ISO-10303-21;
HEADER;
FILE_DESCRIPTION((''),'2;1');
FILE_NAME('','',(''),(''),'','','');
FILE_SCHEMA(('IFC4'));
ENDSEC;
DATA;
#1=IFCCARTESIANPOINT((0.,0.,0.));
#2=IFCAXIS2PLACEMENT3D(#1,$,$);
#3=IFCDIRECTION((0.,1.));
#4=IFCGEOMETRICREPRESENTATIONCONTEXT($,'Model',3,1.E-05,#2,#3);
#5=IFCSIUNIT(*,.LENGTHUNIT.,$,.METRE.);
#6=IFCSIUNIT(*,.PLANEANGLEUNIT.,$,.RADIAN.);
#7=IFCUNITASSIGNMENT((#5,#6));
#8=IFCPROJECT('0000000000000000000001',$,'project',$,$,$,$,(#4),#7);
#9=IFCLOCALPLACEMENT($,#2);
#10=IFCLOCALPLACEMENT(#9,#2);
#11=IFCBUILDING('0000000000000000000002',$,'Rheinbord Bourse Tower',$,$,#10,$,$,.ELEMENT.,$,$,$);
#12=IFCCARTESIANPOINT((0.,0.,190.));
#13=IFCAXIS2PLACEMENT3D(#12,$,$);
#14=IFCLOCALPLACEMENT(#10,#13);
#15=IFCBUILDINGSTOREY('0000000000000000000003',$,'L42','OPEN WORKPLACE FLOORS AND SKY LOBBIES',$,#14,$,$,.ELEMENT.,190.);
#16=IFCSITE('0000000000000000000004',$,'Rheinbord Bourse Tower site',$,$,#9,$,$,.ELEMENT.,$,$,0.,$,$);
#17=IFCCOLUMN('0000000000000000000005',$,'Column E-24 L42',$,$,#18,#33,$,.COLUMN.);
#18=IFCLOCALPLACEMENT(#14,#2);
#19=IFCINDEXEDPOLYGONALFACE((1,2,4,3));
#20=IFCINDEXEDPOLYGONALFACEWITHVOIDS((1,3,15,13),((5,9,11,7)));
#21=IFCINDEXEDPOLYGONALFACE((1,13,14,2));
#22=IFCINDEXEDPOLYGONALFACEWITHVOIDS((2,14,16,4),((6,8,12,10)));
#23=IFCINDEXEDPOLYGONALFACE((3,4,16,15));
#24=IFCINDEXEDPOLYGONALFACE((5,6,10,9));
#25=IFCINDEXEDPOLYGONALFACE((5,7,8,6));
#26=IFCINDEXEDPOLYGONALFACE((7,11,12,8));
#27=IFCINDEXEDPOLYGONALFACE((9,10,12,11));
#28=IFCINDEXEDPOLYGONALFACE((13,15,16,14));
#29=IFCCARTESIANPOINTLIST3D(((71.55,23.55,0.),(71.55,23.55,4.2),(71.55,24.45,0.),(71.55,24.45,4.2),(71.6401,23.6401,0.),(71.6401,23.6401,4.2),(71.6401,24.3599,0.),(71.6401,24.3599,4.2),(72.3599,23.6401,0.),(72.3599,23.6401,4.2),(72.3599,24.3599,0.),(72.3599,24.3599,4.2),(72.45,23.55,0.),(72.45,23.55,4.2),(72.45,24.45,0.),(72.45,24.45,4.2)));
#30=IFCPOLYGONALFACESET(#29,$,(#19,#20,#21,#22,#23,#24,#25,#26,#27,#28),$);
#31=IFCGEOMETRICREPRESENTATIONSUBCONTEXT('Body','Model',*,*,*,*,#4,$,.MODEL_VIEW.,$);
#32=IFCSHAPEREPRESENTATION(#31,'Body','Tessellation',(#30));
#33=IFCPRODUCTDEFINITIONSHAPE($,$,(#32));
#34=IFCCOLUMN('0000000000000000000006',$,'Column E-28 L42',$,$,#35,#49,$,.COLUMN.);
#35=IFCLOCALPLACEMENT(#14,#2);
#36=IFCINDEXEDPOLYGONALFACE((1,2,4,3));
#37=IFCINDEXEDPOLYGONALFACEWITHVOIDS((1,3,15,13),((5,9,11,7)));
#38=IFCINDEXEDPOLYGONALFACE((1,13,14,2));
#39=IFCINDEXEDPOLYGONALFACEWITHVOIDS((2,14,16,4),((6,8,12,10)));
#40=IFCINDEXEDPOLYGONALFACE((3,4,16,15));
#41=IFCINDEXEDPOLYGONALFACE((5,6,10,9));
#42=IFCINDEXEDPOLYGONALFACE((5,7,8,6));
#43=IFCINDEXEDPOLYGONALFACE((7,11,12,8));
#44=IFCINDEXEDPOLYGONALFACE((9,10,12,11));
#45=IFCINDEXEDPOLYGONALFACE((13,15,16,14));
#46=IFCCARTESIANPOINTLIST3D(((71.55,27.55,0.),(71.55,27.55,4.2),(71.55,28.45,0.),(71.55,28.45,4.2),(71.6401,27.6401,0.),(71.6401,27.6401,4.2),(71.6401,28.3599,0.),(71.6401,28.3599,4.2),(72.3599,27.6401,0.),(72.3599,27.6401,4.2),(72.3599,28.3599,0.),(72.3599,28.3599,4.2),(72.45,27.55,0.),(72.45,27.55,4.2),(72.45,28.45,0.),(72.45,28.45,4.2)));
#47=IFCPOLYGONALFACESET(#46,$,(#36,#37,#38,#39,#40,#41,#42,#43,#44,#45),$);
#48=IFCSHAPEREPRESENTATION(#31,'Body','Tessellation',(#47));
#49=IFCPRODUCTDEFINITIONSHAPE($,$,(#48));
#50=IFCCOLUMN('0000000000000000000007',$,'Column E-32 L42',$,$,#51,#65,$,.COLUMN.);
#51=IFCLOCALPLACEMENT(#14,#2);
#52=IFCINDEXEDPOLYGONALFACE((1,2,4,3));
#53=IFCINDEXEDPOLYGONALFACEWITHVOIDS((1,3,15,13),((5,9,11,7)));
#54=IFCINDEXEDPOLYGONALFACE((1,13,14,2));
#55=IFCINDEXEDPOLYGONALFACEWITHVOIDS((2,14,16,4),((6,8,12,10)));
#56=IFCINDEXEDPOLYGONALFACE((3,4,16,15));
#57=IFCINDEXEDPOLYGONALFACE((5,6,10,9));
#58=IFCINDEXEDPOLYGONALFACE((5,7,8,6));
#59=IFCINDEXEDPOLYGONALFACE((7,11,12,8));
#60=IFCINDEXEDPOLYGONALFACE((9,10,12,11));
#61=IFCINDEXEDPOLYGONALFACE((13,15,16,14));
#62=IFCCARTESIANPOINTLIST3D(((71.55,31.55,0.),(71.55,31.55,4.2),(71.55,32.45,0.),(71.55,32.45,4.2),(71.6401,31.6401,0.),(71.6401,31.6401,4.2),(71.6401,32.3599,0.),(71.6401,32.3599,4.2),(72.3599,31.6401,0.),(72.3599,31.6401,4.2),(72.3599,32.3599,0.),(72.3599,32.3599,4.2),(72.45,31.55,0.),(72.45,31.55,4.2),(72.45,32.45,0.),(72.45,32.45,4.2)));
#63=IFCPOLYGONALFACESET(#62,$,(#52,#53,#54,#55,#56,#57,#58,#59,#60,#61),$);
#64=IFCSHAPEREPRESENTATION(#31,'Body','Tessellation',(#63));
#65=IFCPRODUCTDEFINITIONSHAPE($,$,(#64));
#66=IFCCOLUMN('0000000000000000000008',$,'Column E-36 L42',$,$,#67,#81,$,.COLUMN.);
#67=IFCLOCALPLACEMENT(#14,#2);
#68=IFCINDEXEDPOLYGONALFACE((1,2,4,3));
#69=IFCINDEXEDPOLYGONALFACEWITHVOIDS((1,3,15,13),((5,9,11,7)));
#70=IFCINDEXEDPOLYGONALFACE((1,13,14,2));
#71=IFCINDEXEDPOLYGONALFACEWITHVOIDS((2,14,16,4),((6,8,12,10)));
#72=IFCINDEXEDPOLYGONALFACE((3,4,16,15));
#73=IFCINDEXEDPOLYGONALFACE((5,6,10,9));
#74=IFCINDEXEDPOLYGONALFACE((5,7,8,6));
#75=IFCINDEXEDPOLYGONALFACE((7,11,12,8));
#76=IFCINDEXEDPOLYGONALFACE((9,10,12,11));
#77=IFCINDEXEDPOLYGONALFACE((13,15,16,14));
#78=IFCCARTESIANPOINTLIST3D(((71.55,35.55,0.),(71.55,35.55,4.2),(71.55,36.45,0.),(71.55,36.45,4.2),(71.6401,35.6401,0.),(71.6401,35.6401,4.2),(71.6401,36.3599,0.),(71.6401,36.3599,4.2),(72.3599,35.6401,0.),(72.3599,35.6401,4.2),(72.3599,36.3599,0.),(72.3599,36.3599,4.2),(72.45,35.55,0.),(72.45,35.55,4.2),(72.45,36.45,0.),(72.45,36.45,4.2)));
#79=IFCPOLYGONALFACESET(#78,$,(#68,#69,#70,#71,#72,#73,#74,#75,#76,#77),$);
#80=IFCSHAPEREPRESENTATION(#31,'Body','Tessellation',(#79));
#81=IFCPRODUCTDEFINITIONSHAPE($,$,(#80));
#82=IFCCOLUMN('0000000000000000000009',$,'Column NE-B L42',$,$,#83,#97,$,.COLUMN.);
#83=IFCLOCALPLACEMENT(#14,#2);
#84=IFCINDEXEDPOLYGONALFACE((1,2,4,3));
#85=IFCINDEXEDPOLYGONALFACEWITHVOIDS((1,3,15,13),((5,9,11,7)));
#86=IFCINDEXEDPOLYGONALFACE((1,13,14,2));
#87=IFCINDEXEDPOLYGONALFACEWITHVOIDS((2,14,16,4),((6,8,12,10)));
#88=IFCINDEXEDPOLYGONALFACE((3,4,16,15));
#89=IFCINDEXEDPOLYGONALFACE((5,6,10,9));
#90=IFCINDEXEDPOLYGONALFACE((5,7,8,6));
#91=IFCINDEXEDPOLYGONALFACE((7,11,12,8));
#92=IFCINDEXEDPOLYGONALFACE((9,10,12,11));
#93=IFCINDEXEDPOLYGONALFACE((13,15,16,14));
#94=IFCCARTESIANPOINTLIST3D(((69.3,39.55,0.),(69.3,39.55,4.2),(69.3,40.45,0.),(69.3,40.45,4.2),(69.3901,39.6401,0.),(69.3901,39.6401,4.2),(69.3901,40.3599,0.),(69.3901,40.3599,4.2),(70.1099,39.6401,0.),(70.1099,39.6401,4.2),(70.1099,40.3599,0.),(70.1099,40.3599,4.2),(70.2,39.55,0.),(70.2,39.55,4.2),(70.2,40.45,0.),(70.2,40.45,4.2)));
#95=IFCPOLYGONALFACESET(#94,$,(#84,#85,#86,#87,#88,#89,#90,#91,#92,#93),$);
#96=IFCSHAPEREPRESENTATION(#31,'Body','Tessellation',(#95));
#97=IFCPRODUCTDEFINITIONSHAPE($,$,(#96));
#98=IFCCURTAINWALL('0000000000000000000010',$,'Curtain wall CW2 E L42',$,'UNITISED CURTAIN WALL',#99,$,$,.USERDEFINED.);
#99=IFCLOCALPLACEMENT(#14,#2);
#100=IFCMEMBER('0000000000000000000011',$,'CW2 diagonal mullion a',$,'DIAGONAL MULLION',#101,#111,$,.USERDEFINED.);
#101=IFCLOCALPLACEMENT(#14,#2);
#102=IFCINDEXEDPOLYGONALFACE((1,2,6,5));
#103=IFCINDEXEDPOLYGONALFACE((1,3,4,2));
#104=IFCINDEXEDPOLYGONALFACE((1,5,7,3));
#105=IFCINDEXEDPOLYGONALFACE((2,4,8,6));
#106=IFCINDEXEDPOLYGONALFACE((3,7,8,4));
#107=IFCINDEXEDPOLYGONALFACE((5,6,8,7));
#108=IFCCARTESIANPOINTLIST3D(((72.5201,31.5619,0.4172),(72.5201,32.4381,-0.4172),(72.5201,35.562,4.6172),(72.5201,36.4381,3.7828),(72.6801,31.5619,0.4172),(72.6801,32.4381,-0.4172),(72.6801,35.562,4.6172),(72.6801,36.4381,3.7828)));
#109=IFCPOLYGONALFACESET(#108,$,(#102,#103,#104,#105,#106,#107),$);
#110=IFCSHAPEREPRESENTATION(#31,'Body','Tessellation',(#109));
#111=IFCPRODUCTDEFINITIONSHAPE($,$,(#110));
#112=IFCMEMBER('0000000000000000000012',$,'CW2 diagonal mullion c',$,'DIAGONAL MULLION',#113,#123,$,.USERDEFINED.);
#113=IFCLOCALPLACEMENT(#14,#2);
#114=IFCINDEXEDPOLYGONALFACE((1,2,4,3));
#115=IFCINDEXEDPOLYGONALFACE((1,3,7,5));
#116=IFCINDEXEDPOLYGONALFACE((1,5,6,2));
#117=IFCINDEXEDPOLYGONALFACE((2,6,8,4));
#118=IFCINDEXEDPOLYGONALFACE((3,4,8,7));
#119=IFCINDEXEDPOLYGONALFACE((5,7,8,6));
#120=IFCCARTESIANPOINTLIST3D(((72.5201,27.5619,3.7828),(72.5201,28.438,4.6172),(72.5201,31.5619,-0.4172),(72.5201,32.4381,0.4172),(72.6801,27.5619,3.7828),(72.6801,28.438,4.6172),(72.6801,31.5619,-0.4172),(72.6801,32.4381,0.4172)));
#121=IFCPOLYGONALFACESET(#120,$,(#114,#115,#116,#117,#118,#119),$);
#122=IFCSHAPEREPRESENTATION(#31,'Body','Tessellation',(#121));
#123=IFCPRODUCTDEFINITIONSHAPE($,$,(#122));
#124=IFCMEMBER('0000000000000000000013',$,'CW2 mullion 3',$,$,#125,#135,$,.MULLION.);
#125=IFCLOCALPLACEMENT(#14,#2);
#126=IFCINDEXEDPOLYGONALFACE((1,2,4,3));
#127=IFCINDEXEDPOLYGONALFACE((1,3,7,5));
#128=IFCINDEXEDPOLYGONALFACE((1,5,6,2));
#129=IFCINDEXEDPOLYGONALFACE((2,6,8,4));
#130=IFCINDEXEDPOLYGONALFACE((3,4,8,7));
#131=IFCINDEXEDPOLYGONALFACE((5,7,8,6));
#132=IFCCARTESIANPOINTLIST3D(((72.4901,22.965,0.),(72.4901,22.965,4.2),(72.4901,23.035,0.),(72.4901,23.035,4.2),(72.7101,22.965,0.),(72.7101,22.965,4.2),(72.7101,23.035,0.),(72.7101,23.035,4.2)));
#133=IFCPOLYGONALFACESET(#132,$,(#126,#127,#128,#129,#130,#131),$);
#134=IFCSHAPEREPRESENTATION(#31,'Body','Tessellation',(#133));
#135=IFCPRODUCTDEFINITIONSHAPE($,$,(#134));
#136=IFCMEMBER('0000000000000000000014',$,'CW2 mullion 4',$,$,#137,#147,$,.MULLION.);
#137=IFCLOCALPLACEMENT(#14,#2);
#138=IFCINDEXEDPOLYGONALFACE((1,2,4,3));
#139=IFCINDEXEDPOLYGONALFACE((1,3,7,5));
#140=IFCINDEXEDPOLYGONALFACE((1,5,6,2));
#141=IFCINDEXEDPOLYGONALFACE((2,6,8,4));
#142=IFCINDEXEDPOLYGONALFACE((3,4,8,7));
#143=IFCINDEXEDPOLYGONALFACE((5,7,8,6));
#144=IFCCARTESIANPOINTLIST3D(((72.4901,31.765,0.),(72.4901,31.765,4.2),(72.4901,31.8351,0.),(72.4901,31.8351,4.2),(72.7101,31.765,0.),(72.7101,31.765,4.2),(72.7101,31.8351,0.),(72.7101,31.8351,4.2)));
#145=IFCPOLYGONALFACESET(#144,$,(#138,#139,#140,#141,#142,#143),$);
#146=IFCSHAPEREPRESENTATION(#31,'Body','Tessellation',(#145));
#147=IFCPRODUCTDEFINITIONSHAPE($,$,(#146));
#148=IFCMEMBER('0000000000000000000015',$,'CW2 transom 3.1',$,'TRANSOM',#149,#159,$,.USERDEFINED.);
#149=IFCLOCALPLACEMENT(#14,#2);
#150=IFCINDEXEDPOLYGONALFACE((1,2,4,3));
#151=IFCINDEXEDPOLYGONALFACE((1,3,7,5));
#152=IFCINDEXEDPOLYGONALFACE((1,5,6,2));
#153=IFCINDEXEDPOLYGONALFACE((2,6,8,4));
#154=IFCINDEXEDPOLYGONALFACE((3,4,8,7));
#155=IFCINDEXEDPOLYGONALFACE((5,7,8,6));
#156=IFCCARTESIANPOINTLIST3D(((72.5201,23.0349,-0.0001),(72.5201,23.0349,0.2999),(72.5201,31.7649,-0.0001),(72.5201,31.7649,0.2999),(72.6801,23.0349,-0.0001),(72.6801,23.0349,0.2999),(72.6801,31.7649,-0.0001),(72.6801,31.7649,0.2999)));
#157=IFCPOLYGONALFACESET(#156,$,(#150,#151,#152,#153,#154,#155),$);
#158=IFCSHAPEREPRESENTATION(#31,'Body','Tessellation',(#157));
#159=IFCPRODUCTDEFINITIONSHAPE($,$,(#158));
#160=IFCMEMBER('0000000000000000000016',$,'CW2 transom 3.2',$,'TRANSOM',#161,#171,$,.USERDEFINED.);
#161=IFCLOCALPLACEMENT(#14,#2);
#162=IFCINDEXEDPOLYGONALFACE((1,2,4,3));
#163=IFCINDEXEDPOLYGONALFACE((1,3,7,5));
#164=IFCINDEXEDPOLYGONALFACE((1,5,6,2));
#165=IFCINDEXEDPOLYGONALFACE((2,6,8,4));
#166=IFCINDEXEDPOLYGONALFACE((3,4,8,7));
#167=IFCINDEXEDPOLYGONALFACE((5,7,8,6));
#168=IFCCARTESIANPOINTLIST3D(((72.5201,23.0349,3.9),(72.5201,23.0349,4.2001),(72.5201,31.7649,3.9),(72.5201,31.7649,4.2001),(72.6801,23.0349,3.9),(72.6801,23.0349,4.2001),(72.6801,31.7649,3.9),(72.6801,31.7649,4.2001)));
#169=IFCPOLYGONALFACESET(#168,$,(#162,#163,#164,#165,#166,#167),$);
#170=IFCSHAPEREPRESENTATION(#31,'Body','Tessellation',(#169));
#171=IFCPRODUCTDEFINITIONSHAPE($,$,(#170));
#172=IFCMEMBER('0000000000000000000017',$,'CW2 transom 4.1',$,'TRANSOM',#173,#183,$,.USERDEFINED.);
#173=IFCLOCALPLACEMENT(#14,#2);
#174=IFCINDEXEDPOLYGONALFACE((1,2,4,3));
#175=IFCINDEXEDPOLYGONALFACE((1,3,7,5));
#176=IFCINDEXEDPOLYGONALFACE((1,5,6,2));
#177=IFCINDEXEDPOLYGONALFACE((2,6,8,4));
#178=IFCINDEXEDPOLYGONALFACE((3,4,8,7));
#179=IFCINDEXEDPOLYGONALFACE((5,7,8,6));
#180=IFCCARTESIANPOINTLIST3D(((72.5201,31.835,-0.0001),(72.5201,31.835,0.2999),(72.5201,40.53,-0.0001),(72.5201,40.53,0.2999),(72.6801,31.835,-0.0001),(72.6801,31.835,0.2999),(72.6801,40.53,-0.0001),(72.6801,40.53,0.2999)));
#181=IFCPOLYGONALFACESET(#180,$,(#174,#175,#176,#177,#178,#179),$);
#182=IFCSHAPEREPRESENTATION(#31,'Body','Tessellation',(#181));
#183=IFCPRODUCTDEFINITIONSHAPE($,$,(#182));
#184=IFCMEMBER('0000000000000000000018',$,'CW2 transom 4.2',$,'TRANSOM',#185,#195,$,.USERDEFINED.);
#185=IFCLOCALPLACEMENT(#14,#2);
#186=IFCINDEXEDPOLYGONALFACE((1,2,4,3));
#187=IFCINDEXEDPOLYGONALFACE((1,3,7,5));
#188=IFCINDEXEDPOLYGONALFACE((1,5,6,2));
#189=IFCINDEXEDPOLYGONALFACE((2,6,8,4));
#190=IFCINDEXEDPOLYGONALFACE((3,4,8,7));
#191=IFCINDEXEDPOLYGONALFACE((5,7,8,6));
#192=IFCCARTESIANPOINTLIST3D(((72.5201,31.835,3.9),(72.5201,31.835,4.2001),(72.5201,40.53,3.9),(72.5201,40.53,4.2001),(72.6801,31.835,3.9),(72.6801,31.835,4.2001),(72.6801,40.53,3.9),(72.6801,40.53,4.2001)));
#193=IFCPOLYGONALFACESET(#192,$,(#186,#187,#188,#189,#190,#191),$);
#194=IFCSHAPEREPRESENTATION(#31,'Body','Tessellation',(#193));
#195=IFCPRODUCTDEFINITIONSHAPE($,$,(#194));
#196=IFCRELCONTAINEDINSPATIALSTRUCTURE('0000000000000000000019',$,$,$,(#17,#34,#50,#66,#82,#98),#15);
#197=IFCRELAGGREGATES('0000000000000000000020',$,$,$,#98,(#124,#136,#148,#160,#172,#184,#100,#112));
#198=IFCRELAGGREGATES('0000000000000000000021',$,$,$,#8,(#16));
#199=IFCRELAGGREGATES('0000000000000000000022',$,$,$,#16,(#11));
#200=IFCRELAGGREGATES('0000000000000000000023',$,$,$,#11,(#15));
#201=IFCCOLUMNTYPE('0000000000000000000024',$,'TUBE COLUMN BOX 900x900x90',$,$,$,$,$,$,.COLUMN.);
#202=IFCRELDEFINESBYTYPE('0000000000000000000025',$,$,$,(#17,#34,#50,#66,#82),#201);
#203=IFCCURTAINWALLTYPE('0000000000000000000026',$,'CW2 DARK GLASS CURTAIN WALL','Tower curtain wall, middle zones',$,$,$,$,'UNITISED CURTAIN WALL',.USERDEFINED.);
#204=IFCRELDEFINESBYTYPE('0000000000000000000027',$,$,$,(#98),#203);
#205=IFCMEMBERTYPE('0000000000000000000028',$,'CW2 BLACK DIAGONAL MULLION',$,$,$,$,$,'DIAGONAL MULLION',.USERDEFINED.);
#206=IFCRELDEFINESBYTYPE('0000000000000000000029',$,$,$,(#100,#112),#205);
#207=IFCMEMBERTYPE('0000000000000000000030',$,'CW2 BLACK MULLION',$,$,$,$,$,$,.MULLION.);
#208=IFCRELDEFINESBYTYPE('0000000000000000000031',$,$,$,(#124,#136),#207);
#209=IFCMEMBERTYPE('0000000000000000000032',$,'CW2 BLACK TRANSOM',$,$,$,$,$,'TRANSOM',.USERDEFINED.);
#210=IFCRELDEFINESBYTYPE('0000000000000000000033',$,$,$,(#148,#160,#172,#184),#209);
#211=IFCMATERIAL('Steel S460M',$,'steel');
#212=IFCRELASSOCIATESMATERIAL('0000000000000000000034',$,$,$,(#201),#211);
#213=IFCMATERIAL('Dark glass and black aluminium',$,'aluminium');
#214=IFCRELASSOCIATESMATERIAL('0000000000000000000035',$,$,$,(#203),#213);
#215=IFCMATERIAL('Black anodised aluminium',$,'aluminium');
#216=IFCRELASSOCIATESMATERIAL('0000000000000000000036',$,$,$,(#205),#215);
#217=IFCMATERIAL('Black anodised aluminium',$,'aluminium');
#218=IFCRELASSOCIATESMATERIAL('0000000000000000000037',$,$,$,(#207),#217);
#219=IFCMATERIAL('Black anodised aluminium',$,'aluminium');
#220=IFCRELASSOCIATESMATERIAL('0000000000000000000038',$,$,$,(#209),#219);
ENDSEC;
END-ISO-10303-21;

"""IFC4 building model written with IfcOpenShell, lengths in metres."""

from ifc_helpers import new_model, si_unit, direction, frame, origin, origin_2d, place, context, subcontext, project, spatial, rectangle, hollow_rectangle, extrude, material, material_profile, profile_set, type_object, element, aggregate, save


model = new_model("IFC4")

# Units and contexts
model_context = context("Model", 3, precision=1e-05, world=origin(), true_north=direction((0.0, 1.0)))
body_context = subcontext(model_context, "Body", "Model", "MODEL_VIEW")
ifc_project = project(units=[si_unit("LENGTHUNIT", "METRE"), si_unit("PLANEANGLEUNIT", "RADIAN")], contexts=[model_context])

# Site, building, storey
site_placement = place(None, origin())
site = spatial("IfcSite", under=ifc_project, at=site_placement, Name="Rheinbord Bourse Tower site", CompositionType="ELEMENT", RefElevation=0.0)
building_placement = place(site_placement, origin())
building = spatial("IfcBuilding", under=site, at=building_placement, Name="Rheinbord Bourse Tower", CompositionType="ELEMENT")
storey_placement = place(building_placement, frame((0.0, 0.0, 190.0)))
storey = spatial("IfcBuildingStorey", under=building, at=storey_placement, Name="L42", Description="OPEN WORKPLACE FLOORS AND SKY LOBBIES", CompositionType="ELEMENT", Elevation=190.0)

# Columns
ifc_material_1 = material(Name="Steel S460M", Category="steel")
ifc_material_profile_1 = material_profile(ifc_material_1, hollow_rectangle(XDim=0.8999, YDim=0.8999, WallThickness=0.0901, at=origin_2d()), Name="BOX 900x900x90")
ifc_profile_set_1 = profile_set([ifc_material_profile_1], Name="Steel S460M")
column_type = type_object("IfcColumnType", Name="TUBE COLUMN BOX 900x900x90", PredefinedType="COLUMN", material=ifc_profile_set_1)
for number, where, z_axis, x_axis, name in (
    (1, (72.0, 24.0, 0.0), (0.0, 0.0, 1.0), (1.0, 0.0, 0.0), "Column E-24 L42"),
    (2, (72.0, 28.0, 0.0), (0.0, 0.0, 1.0), (1.0, 0.0, 0.0), "Column E-28 L42"),
    (3, (72.0, 32.0, 0.0), (0.0, 0.0, 1.0), (1.0, 0.0, 0.0), "Column E-32 L42"),
    (4, (72.0, 36.0, 0.0), (0.0, 0.0, 1.0), (1.0, 0.0, 0.0), "Column E-36 L42"),
    (5, (69.75, 40.0, 0.0), (0.0, 0.0, 1.0), (1.0, 0.0, 0.0), "Column NE-B L42"),
):
    element("IfcColumn", number, at=place(storey_placement, frame(where, z_axis=z_axis, x_axis=x_axis)), inside=storey, type_object=column_type, Name=name, PredefinedType="COLUMN", context=body_context, shape_type="SweptSolid", body=[
        extrude(hollow_rectangle(XDim=0.8999, YDim=0.8999, WallThickness=0.0901, at=origin_2d()), origin(), (0.0, 0.0, 1.0), 4.2),
    ])

# Curtain wall, members
ifc_material_2 = material(Name="Dark glass and black aluminium", Category="aluminium")
curtain_wall_type = type_object("IfcCurtainWallType", Name="CW2 DARK GLASS CURTAIN WALL", Description="Tower curtain wall, middle zones", ElementType="UNITISED CURTAIN WALL", PredefinedType="USERDEFINED", material=ifc_material_2)
curtain_wall_placement = place(storey_placement, origin())
curtain_wall = element("IfcCurtainWall", 6, at=curtain_wall_placement, inside=storey, type_object=curtain_wall_type, Name="Curtain wall CW2 E L42", ObjectType="UNITISED CURTAIN WALL", PredefinedType="USERDEFINED")
ifc_material_3 = material(Name="Black anodised aluminium", Category="aluminium")
ifc_material_profile_2 = material_profile(ifc_material_3, rectangle(XDim=0.1599, YDim=1.21, at=origin_2d()), Name="CW2 DIAGONAL MULLION 1210x160")
ifc_profile_set_2 = profile_set([ifc_material_profile_2], Name="Black anodised aluminium")
member_type_1 = type_object("IfcMemberType", Name="CW2 BLACK DIAGONAL MULLION", ElementType="DIAGONAL MULLION", PredefinedType="USERDEFINED", material=ifc_profile_set_2)
member_1_placement = place(storey_placement, frame((72.6001, 32.0, 0.0), z_axis=(0.0, 0.689659, 0.724134), x_axis=(-1.0, 0.0, 0.0)))
member_1 = element("IfcMember", 7, at=member_1_placement, type_object=member_type_1, Name="CW2 diagonal mullion a", ObjectType="DIAGONAL MULLION", PredefinedType="USERDEFINED", context=body_context, shape_type="SweptSolid", body=[
    extrude(rectangle(XDim=0.1599, YDim=1.21, at=origin_2d()), origin(), (0.0, 0.0, 1.0), 5.8),
])
member_2_placement = place(storey_placement, frame((72.6001, 32.0, 0.0), z_axis=(0.0, -0.689659, 0.724134), x_axis=(1.0, 0.0, 0.0)))
member_2 = element("IfcMember", 8, at=member_2_placement, type_object=member_type_1, Name="CW2 diagonal mullion c", ObjectType="DIAGONAL MULLION", PredefinedType="USERDEFINED", context=body_context, shape_type="SweptSolid", body=[
    extrude(rectangle(XDim=0.1599, YDim=1.21, at=origin_2d()), origin(), (0.0, 0.0, 1.0), 5.8),
])
ifc_material_4 = material(Name="Black anodised aluminium", Category="aluminium")
ifc_material_profile_3 = material_profile(ifc_material_4, rectangle(XDim=0.22, YDim=0.0701, at=origin_2d()), Name="CW2 MULLION 70x220")
ifc_profile_set_3 = profile_set([ifc_material_profile_3], Name="Black anodised aluminium")
member_type_2 = type_object("IfcMemberType", Name="CW2 BLACK MULLION", PredefinedType="MULLION", material=ifc_profile_set_3)
member_3_placement = place(storey_placement, frame((72.6001, 23.0, 0.0), z_axis=(0.0, 0.0, 1.0), x_axis=(-1.0, 0.0, 0.0)))
member_3 = element("IfcMember", 9, at=member_3_placement, type_object=member_type_2, Name="CW2 mullion 3", PredefinedType="MULLION", context=body_context, shape_type="SweptSolid", body=[
    extrude(rectangle(XDim=0.22, YDim=0.0701, at=origin_2d()), origin(), (0.0, 0.0, 1.0), 4.2),
])
member_4_placement = place(storey_placement, frame((72.6001, 31.8, 0.0), z_axis=(0.0, 0.0, 1.0), x_axis=(-1.0, 0.0, 0.0)))
member_4 = element("IfcMember", 10, at=member_4_placement, type_object=member_type_2, Name="CW2 mullion 4", PredefinedType="MULLION", context=body_context, shape_type="SweptSolid", body=[
    extrude(rectangle(XDim=0.22, YDim=0.0701, at=origin_2d()), origin(), (0.0, 0.0, 1.0), 4.2),
])
ifc_material_5 = material(Name="Black anodised aluminium", Category="aluminium")
ifc_material_profile_4 = material_profile(ifc_material_5, rectangle(XDim=0.1599, YDim=0.3, at=origin_2d()), Name="CW2 TRANSOM 300x160")
ifc_profile_set_4 = profile_set([ifc_material_profile_4], Name="Black anodised aluminium")
member_type_3 = type_object("IfcMemberType", Name="CW2 BLACK TRANSOM", ElementType="TRANSOM", PredefinedType="USERDEFINED", material=ifc_profile_set_4)
member_5_placement = place(storey_placement, frame((72.6001, 23.0349, 0.1499), z_axis=(0.0, 1.0, 0.0), x_axis=(-1.0, 0.0, 0.0)))
member_5 = element("IfcMember", 11, at=member_5_placement, type_object=member_type_3, Name="CW2 transom 3.1", ObjectType="TRANSOM", PredefinedType="USERDEFINED", context=body_context, shape_type="SweptSolid", body=[
    extrude(rectangle(XDim=0.1599, YDim=0.3, at=origin_2d()), origin(), (0.0, 0.0, 1.0), 8.73),
])
member_6_placement = place(storey_placement, frame((72.6001, 23.0349, 4.05), z_axis=(0.0, 1.0, 0.0), x_axis=(-1.0, 0.0, 0.0)))
member_6 = element("IfcMember", 12, at=member_6_placement, type_object=member_type_3, Name="CW2 transom 3.2", ObjectType="TRANSOM", PredefinedType="USERDEFINED", context=body_context, shape_type="SweptSolid", body=[
    extrude(rectangle(XDim=0.1599, YDim=0.3, at=origin_2d()), origin(), (0.0, 0.0, 1.0), 8.73),
])
member_7_placement = place(storey_placement, frame((72.6001, 31.835, 0.1499), z_axis=(0.0, 1.0, 0.0), x_axis=(-1.0, 0.0, 0.0)))
member_7 = element("IfcMember", 13, at=member_7_placement, type_object=member_type_3, Name="CW2 transom 4.1", ObjectType="TRANSOM", PredefinedType="USERDEFINED", context=body_context, shape_type="SweptSolid", body=[
    extrude(rectangle(XDim=0.1599, YDim=0.3, at=origin_2d()), origin(), (0.0, 0.0, 1.0), 8.6951),
])
member_8_placement = place(storey_placement, frame((72.6001, 31.835, 4.05), z_axis=(0.0, 1.0, 0.0), x_axis=(-1.0, 0.0, 0.0)))
member_8 = element("IfcMember", 14, at=member_8_placement, type_object=member_type_3, Name="CW2 transom 4.2", ObjectType="TRANSOM", PredefinedType="USERDEFINED", context=body_context, shape_type="SweptSolid", body=[
    extrude(rectangle(XDim=0.1599, YDim=0.3, at=origin_2d()), origin(), (0.0, 0.0, 1.0), 8.6951),
])

aggregate(curtain_wall, [member_3, member_4, member_5, member_6, member_7, member_8, member_1, member_2])

save(model, "model.ifc")
